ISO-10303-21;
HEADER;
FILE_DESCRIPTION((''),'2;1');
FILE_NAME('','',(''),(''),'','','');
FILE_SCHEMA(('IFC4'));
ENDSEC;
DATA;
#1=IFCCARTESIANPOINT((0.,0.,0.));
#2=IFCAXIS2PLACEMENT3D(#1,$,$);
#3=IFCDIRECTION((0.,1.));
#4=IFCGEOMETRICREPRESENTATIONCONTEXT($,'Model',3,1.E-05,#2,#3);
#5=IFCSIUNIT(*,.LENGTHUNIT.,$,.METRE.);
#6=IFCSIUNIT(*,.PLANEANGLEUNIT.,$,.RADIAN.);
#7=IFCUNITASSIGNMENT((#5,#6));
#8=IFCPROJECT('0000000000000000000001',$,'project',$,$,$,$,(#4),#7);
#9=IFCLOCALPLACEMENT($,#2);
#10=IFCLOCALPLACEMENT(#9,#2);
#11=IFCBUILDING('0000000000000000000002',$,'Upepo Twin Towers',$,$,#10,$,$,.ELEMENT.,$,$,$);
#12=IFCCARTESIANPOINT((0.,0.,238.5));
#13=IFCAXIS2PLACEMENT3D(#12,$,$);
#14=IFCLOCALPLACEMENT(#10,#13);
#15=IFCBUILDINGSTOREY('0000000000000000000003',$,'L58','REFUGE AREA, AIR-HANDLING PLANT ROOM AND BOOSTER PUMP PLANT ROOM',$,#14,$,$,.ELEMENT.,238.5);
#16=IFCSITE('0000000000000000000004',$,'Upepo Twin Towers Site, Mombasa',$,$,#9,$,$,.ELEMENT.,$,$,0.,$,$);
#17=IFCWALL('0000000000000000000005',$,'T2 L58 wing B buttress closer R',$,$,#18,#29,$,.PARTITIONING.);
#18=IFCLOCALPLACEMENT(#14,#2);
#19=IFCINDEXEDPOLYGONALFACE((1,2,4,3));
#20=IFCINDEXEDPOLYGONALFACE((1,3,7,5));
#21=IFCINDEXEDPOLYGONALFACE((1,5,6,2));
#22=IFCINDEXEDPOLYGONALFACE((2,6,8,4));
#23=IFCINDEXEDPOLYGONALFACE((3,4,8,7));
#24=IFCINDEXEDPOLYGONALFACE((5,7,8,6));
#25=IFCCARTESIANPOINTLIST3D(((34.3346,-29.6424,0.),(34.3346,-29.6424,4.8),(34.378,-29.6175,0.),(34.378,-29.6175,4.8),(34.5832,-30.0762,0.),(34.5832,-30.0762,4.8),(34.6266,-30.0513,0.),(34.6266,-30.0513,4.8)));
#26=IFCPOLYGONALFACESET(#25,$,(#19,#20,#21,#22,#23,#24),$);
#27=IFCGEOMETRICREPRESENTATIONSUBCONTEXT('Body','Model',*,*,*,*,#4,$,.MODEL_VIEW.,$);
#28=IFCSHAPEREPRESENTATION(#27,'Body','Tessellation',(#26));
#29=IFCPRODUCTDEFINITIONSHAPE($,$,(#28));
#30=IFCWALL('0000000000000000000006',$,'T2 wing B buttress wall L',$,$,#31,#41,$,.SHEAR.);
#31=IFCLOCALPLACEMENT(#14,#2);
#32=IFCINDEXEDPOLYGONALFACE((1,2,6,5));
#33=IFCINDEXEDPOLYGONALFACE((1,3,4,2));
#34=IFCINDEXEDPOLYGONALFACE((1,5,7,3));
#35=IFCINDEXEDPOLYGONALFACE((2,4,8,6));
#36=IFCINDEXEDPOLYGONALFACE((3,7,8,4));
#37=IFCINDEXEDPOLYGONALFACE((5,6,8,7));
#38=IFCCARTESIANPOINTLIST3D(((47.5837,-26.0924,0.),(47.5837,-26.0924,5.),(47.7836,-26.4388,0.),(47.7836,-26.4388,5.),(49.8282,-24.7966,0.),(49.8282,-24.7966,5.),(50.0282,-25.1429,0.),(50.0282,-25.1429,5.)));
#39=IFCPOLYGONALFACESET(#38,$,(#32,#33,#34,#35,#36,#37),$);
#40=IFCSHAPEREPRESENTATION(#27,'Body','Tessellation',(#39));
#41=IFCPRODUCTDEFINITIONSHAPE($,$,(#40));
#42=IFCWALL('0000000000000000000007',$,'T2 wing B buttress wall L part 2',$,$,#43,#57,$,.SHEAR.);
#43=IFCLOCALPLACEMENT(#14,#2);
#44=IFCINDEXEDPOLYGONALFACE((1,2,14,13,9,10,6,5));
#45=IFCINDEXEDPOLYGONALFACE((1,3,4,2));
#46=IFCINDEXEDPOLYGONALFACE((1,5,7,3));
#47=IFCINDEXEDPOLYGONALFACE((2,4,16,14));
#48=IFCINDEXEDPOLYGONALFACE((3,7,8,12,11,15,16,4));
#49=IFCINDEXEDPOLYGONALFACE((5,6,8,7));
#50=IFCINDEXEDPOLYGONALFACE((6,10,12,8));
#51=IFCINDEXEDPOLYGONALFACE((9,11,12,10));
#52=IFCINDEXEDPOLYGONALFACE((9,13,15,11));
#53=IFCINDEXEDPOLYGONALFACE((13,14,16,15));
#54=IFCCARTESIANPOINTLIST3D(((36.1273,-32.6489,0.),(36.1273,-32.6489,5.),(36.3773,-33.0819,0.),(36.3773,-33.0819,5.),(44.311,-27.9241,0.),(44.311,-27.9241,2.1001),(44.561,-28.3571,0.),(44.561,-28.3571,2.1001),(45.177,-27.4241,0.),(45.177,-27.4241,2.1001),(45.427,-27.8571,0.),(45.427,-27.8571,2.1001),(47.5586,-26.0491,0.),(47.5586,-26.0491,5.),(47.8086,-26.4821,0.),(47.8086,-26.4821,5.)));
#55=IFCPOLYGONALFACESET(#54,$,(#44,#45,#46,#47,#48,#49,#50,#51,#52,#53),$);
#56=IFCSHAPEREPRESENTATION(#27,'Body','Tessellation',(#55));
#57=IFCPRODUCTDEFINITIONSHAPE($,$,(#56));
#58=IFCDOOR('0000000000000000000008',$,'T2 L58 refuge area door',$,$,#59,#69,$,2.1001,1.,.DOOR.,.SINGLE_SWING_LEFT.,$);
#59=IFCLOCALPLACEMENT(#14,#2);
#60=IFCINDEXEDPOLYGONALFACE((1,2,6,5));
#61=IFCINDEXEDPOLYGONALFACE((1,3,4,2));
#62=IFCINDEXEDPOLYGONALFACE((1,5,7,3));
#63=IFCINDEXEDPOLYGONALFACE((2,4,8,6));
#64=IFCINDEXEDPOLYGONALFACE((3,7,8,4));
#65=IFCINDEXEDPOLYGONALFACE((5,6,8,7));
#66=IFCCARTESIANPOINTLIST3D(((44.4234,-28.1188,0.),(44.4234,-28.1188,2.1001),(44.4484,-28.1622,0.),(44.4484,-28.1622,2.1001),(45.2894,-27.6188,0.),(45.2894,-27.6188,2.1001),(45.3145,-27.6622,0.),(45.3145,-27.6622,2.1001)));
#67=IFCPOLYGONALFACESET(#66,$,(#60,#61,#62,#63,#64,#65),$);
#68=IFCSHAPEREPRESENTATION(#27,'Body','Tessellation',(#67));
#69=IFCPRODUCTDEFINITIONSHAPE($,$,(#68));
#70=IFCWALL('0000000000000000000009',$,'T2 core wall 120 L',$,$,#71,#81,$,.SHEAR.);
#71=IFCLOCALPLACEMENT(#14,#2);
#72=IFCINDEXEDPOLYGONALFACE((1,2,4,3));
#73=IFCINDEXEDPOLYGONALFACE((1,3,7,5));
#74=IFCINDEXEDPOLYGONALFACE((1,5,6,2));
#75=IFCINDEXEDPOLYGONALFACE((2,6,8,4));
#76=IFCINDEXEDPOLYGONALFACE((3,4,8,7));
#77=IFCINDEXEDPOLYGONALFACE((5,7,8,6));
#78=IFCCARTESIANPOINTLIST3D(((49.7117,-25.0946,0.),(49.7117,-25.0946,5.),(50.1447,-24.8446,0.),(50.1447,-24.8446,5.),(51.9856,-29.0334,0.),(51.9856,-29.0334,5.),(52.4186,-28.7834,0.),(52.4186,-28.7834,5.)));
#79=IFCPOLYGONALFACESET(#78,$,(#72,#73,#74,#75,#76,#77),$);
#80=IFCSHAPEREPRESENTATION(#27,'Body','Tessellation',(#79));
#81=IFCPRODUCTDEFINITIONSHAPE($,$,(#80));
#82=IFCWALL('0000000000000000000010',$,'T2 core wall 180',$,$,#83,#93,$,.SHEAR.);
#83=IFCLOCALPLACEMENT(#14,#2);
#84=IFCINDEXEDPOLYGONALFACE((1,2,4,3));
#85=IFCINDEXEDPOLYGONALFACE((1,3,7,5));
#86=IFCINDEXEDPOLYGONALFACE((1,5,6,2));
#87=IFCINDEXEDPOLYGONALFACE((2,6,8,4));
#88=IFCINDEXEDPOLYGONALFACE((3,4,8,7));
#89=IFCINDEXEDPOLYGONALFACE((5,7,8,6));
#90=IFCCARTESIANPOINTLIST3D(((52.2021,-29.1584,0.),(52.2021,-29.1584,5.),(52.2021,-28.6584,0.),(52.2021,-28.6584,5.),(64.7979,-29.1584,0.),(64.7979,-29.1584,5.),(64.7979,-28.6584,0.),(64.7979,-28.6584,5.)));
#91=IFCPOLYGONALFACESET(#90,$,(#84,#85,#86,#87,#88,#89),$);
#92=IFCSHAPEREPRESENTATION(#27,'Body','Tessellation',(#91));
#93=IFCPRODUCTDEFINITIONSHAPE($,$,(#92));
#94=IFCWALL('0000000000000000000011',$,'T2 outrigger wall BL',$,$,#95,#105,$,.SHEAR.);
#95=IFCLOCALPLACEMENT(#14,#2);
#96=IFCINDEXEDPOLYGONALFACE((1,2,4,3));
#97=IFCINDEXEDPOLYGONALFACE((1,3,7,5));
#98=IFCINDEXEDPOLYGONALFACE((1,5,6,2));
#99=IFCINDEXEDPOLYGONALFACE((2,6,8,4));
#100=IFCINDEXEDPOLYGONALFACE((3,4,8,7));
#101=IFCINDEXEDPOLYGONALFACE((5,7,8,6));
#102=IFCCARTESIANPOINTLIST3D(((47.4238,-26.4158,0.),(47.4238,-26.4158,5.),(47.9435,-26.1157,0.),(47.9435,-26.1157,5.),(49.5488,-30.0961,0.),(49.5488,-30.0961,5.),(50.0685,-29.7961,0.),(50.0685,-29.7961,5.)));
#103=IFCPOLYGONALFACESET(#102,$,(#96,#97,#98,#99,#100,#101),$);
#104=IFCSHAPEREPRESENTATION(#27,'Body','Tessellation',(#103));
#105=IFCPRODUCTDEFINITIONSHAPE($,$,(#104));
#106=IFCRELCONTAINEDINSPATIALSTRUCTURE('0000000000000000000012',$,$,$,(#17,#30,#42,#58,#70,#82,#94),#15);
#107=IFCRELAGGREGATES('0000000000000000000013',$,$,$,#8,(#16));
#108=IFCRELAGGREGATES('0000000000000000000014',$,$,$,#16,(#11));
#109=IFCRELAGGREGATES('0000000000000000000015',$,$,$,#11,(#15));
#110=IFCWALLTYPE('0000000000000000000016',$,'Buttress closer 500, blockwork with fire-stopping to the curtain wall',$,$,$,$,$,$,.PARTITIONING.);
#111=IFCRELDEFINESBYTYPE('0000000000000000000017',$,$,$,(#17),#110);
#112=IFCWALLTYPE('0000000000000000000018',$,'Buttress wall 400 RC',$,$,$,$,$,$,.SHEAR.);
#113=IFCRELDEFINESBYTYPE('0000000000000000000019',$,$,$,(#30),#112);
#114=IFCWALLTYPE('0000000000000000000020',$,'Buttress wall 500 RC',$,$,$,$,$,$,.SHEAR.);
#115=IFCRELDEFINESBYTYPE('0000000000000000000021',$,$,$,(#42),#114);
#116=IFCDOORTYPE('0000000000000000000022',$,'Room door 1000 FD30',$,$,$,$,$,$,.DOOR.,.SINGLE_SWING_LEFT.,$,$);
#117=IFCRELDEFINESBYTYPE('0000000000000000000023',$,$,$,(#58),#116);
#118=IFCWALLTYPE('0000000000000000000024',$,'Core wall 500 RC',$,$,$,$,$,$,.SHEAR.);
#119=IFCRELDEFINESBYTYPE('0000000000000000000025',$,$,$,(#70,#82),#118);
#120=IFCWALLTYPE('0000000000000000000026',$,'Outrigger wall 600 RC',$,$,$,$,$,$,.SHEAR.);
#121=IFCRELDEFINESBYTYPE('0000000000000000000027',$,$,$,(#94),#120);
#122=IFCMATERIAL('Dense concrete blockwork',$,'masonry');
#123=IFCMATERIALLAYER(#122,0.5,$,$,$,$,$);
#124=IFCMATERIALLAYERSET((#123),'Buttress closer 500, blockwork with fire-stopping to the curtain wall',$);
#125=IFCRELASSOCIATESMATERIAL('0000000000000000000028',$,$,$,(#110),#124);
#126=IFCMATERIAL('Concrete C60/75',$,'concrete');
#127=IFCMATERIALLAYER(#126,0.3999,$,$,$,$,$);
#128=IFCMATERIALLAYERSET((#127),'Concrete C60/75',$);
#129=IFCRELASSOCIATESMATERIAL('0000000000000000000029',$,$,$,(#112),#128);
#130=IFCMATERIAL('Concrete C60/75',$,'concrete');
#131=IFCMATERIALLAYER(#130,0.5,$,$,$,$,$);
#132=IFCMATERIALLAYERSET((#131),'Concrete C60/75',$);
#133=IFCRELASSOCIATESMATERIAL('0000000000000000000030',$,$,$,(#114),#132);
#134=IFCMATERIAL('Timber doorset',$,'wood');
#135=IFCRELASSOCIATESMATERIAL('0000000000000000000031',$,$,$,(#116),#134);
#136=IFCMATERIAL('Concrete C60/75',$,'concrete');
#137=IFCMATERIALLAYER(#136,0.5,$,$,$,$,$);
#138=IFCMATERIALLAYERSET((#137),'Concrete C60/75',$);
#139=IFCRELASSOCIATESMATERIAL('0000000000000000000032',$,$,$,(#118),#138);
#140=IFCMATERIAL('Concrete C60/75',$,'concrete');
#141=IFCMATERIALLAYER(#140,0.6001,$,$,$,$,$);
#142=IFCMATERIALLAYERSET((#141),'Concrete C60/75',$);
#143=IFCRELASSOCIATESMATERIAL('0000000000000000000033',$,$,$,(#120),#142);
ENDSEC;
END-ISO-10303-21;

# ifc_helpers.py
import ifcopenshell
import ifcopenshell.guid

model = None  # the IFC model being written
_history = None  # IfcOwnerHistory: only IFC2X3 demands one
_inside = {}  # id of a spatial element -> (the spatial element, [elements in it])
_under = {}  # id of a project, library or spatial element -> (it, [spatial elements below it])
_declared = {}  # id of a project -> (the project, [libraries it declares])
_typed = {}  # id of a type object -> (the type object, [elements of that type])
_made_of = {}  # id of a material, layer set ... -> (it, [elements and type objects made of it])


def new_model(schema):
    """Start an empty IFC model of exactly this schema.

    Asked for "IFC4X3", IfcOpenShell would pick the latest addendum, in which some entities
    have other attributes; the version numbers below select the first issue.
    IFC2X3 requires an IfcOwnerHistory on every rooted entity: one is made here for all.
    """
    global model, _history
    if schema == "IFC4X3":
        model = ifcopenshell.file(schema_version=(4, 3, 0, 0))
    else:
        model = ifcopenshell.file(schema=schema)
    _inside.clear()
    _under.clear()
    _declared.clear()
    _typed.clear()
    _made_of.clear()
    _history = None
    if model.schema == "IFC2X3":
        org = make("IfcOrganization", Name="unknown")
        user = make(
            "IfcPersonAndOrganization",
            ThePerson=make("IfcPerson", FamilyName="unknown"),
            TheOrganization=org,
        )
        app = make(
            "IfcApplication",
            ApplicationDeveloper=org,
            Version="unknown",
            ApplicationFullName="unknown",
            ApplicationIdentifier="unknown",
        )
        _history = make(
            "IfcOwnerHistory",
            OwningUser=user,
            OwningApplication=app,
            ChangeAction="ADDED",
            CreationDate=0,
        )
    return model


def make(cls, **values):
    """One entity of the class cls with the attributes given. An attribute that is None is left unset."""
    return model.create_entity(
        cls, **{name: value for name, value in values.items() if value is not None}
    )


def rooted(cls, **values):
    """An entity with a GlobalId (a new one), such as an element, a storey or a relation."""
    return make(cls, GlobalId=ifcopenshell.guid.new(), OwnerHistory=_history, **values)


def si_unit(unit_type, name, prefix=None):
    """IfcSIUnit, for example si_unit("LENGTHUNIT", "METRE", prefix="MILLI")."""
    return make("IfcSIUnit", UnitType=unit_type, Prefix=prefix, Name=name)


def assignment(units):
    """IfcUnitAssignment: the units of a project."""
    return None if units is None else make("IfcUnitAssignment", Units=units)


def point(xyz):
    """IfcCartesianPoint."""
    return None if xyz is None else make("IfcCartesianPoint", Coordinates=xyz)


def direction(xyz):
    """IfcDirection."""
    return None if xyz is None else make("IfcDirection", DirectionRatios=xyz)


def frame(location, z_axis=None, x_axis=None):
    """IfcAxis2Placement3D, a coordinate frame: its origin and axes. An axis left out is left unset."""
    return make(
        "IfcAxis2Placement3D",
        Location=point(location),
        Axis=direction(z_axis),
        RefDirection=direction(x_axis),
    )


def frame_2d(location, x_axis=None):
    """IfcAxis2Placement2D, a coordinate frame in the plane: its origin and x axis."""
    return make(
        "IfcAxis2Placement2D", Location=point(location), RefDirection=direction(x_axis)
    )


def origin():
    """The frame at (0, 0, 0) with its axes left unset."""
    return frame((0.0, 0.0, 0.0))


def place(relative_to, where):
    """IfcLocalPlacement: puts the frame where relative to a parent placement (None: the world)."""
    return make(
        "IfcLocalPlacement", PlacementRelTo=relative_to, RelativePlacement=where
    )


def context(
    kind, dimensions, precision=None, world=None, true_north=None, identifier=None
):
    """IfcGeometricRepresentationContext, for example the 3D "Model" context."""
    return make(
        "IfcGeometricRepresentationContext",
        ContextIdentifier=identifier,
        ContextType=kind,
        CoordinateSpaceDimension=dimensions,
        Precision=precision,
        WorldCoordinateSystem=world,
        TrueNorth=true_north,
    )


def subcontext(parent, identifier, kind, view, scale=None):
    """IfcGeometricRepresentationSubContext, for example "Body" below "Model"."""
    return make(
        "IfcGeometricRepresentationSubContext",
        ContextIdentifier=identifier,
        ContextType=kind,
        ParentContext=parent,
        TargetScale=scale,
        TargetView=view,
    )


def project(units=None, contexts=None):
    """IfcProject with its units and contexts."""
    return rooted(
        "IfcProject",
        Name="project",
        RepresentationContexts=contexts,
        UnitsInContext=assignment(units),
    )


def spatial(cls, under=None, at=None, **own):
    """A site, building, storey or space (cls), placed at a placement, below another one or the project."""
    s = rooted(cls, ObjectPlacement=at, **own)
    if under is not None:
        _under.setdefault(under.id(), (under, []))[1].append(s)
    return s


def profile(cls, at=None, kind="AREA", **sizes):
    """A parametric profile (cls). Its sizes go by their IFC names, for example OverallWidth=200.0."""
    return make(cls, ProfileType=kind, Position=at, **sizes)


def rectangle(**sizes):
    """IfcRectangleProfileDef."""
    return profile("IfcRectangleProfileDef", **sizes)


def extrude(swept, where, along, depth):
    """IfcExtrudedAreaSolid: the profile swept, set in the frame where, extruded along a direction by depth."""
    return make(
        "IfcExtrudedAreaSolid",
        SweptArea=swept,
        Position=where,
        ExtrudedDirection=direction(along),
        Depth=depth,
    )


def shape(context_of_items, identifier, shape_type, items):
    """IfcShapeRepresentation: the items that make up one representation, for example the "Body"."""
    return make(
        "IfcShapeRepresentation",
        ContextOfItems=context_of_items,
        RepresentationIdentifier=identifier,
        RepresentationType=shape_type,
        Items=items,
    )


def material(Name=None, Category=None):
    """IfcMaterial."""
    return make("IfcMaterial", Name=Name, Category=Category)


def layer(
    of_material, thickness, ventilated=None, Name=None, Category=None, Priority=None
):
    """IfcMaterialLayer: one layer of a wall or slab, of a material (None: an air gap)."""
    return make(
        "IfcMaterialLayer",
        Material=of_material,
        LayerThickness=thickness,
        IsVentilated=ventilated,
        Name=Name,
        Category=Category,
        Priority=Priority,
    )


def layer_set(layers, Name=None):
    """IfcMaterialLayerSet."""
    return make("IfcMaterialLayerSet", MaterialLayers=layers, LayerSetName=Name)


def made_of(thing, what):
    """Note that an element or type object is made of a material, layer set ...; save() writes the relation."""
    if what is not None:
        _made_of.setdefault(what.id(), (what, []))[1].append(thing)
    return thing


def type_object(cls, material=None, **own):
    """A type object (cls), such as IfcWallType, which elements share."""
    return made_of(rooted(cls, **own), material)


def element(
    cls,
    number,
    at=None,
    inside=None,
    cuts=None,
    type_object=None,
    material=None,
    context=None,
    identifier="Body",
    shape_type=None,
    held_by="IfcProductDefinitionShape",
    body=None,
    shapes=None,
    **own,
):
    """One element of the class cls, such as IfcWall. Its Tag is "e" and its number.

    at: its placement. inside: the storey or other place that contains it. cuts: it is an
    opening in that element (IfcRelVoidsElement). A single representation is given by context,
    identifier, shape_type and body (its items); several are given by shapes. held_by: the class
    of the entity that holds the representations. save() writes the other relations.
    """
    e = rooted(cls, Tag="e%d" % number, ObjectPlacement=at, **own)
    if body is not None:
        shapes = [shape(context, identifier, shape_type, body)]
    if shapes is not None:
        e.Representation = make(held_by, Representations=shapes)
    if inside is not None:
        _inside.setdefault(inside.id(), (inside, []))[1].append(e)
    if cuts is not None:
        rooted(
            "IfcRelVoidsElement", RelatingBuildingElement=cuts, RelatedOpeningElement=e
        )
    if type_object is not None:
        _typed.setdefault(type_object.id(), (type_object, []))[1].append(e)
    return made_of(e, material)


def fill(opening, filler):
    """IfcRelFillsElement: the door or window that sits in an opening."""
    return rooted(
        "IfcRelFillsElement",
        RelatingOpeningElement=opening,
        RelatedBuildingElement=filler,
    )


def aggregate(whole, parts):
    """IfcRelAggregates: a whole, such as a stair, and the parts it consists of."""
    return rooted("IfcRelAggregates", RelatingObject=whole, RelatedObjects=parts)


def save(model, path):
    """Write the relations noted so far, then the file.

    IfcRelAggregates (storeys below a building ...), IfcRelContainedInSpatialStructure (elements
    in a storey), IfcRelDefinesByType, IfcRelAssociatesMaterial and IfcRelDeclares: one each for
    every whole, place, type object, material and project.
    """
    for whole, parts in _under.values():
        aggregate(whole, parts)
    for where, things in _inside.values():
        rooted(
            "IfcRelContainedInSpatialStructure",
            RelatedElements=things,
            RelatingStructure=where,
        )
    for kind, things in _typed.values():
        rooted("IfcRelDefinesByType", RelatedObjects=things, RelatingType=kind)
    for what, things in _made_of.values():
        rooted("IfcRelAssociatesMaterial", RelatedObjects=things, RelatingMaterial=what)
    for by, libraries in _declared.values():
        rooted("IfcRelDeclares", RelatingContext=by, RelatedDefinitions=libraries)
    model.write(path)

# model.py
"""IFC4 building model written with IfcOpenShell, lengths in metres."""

from ifc_helpers import new_model, si_unit, direction, frame, frame_2d, origin, place, context, subcontext, project, spatial, rectangle, extrude, material, layer, layer_set, type_object, element, fill, save


model = new_model("IFC4")

# Units and contexts
model_context = context("Model", 3, precision=1e-05, world=origin(), true_north=direction((0.0, 1.0)))
body_context = subcontext(model_context, "Body", "Model", "MODEL_VIEW")
ifc_project = project(units=[si_unit("LENGTHUNIT", "METRE"), si_unit("PLANEANGLEUNIT", "RADIAN")], contexts=[model_context])

# Site, building, storey
site_placement = place(None, origin())
site = spatial("IfcSite", under=ifc_project, at=site_placement, Name="Upepo Twin Towers Site, Mombasa", CompositionType="ELEMENT", RefElevation=0.0)
building_placement = place(site_placement, origin())
building = spatial("IfcBuilding", under=site, at=building_placement, Name="Upepo Twin Towers", CompositionType="ELEMENT")
storey_placement = place(building_placement, frame((0.0, 0.0, 238.5)))
storey = spatial("IfcBuildingStorey", under=building, at=storey_placement, Name="L58", Description="REFUGE AREA, AIR-HANDLING PLANT ROOM AND BOOSTER PUMP PLANT ROOM", CompositionType="ELEMENT", Elevation=238.5)

# Walls
ifc_material_1 = material(Name="Dense concrete blockwork", Category="masonry")
ifc_layer_1 = layer(ifc_material_1, 0.5)
ifc_layer_set_1 = layer_set([ifc_layer_1], Name="Buttress closer 500, blockwork with fire-stopping to the curtain wall")
wall_type_1 = type_object("IfcWallType", Name="Buttress closer 500, blockwork with fire-stopping to the curtain wall", PredefinedType="PARTITIONING", material=ifc_layer_set_1)
wall_1_placement = place(storey_placement, frame((34.5022, -29.8345, 0.0), z_axis=(0.0, 0.0, 1.0), x_axis=(-0.867643, -0.497188, 0.0)))
element("IfcWall", 1, at=wall_1_placement, inside=storey, type_object=wall_type_1, Name="T2 L58 wing B buttress closer R", PredefinedType="PARTITIONING", context=body_context, shape_type="SweptSolid", body=[
    extrude(rectangle(XDim=0.05, YDim=0.5, at=frame_2d((0.0249, 0.0))), origin(), (0.0, 0.0, 1.0), 4.8),
])
ifc_material_2 = material(Name="Concrete C60/75", Category="concrete")
ifc_layer_2 = layer(ifc_material_2, 0.3999)
ifc_layer_set_2 = layer_set([ifc_layer_2], Name="Concrete C60/75")
wall_type_2 = type_object("IfcWallType", Name="Buttress wall 400 RC", PredefinedType="SHEAR", material=ifc_layer_set_2)
wall_2_placement = place(storey_placement, frame((49.9282, -24.9697, 0.0), z_axis=(0.0, 0.0, 1.0), x_axis=(-0.866032, -0.499989, 0.0)))
element("IfcWall", 2, at=wall_2_placement, inside=storey, type_object=wall_type_2, Name="T2 wing B buttress wall L", PredefinedType="SHEAR", context=body_context, shape_type="SweptSolid", body=[
    extrude(rectangle(XDim=2.5918, YDim=0.3999, at=frame_2d((1.2959, 0.0))), origin(), (0.0, 0.0, 1.0), 5.0),
])

# Wall, opening, door
ifc_material_3 = material(Name="Concrete C60/75", Category="concrete")
ifc_layer_3 = layer(ifc_material_3, 0.5)
ifc_layer_set_3 = layer_set([ifc_layer_3], Name="Concrete C60/75")
wall_type_3 = type_object("IfcWallType", Name="Buttress wall 500 RC", PredefinedType="SHEAR", material=ifc_layer_set_3)
wall_3_placement = place(storey_placement, frame((47.6836, -26.2656, 0.0), z_axis=(0.0, 0.0, 1.0), x_axis=(-0.866028, -0.499996, 0.0)))
wall_3 = element("IfcWall", 3, at=wall_3_placement, inside=storey, type_object=wall_type_3, Name="T2 wing B buttress wall L part 2", PredefinedType="SHEAR", context=body_context, shape_type="SweptSolid", body=[
    extrude(rectangle(XDim=13.1997, YDim=0.5, at=frame_2d((6.5999, 0.0))), origin(), (0.0, 0.0, 1.0), 5.0),
])
opening_placement = place(wall_3_placement, frame((2.75, 0.0, 0.0)))
opening = element("IfcOpeningElement", 4, at=opening_placement, cuts=wall_3, PredefinedType="OPENING", context=body_context, shape_type="SweptSolid", body=[
    extrude(rectangle(XDim=1.0, YDim=2.1001, at=frame_2d((0.5, 1.05))), frame((0.0, 0.26, 0.0), z_axis=(0.0, -1.0, 0.0), x_axis=(1.0, 0.0, 0.0)), (0.0, 0.0, 1.0), 0.52),
])
ifc_material_4 = material(Name="Timber doorset", Category="wood")
door_type = type_object("IfcDoorType", Name="Room door 1000 FD30", OperationType="SINGLE_SWING_LEFT", PredefinedType="DOOR", material=ifc_material_4)
door_placement = place(opening_placement, origin())
door = element("IfcDoor", 5, at=door_placement, inside=storey, type_object=door_type, Name="T2 L58 refuge area door", OperationType="SINGLE_SWING_LEFT", OverallHeight=2.1001, OverallWidth=1.0, PredefinedType="DOOR", context=body_context, shape_type="SweptSolid", body=[
    extrude(rectangle(XDim=1.0, YDim=2.1001, at=frame_2d((0.5, 1.05))), frame((0.0, 0.0249, 0.0), z_axis=(0.0, -1.0, 0.0), x_axis=(1.0, 0.0, 0.0)), (0.0, 0.0, 1.0), 0.05),
])
fill(opening, door)

# Walls
ifc_material_5 = material(Name="Concrete C60/75", Category="concrete")
ifc_layer_4 = layer(ifc_material_5, 0.5)
ifc_layer_set_4 = layer_set([ifc_layer_4], Name="Concrete C60/75")
wall_type_4 = type_object("IfcWallType", Name="Core wall 500 RC", PredefinedType="SHEAR", material=ifc_layer_set_4)
wall_4_placement = place(storey_placement, frame((49.9282, -24.9697, 0.0), z_axis=(0.0, 0.0, 1.0), x_axis=(0.499984, -0.866035, 0.0)))
element("IfcWall", 6, at=wall_4_placement, inside=storey, type_object=wall_type_4, Name="T2 core wall 120 L", PredefinedType="SHEAR", context=body_context, shape_type="SweptSolid", body=[
    extrude(rectangle(XDim=4.5481, YDim=0.5, at=frame_2d((2.2739, 0.0))), origin(), (0.0, 0.0, 1.0), 5.0),
])
wall_5_placement = place(storey_placement, frame((52.2021, -28.9084, 0.0), z_axis=(0.0, 0.0, 1.0), x_axis=(1.0, 0.0, 0.0)))
element("IfcWall", 7, at=wall_5_placement, inside=storey, type_object=wall_type_4, Name="T2 core wall 180", PredefinedType="SHEAR", context=body_context, shape_type="SweptSolid", body=[
    extrude(rectangle(XDim=12.5957, YDim=0.5, at=frame_2d((6.2979, 0.0))), origin(), (0.0, 0.0, 1.0), 5.0),
])
ifc_material_6 = material(Name="Concrete C60/75", Category="concrete")
ifc_layer_5 = layer(ifc_material_6, 0.6001)
ifc_layer_set_5 = layer_set([ifc_layer_5], Name="Concrete C60/75")
wall_type_5 = type_object("IfcWallType", Name="Outrigger wall 600 RC", PredefinedType="SHEAR", material=ifc_layer_set_5)
wall_6_placement = place(storey_placement, frame((47.6836, -26.2656, 0.0), z_axis=(0.0, 0.0, 1.0), x_axis=(0.500019, -0.866014, 0.0)))
element("IfcWall", 8, at=wall_6_placement, inside=storey, type_object=wall_type_5, Name="T2 outrigger wall BL", PredefinedType="SHEAR", context=body_context, shape_type="SweptSolid", body=[
    extrude(rectangle(XDim=4.2498, YDim=0.6001, at=frame_2d((2.125, 0.0))), origin(), (0.0, 0.0, 1.0), 5.0),
])

save(model, "model.ifc")
